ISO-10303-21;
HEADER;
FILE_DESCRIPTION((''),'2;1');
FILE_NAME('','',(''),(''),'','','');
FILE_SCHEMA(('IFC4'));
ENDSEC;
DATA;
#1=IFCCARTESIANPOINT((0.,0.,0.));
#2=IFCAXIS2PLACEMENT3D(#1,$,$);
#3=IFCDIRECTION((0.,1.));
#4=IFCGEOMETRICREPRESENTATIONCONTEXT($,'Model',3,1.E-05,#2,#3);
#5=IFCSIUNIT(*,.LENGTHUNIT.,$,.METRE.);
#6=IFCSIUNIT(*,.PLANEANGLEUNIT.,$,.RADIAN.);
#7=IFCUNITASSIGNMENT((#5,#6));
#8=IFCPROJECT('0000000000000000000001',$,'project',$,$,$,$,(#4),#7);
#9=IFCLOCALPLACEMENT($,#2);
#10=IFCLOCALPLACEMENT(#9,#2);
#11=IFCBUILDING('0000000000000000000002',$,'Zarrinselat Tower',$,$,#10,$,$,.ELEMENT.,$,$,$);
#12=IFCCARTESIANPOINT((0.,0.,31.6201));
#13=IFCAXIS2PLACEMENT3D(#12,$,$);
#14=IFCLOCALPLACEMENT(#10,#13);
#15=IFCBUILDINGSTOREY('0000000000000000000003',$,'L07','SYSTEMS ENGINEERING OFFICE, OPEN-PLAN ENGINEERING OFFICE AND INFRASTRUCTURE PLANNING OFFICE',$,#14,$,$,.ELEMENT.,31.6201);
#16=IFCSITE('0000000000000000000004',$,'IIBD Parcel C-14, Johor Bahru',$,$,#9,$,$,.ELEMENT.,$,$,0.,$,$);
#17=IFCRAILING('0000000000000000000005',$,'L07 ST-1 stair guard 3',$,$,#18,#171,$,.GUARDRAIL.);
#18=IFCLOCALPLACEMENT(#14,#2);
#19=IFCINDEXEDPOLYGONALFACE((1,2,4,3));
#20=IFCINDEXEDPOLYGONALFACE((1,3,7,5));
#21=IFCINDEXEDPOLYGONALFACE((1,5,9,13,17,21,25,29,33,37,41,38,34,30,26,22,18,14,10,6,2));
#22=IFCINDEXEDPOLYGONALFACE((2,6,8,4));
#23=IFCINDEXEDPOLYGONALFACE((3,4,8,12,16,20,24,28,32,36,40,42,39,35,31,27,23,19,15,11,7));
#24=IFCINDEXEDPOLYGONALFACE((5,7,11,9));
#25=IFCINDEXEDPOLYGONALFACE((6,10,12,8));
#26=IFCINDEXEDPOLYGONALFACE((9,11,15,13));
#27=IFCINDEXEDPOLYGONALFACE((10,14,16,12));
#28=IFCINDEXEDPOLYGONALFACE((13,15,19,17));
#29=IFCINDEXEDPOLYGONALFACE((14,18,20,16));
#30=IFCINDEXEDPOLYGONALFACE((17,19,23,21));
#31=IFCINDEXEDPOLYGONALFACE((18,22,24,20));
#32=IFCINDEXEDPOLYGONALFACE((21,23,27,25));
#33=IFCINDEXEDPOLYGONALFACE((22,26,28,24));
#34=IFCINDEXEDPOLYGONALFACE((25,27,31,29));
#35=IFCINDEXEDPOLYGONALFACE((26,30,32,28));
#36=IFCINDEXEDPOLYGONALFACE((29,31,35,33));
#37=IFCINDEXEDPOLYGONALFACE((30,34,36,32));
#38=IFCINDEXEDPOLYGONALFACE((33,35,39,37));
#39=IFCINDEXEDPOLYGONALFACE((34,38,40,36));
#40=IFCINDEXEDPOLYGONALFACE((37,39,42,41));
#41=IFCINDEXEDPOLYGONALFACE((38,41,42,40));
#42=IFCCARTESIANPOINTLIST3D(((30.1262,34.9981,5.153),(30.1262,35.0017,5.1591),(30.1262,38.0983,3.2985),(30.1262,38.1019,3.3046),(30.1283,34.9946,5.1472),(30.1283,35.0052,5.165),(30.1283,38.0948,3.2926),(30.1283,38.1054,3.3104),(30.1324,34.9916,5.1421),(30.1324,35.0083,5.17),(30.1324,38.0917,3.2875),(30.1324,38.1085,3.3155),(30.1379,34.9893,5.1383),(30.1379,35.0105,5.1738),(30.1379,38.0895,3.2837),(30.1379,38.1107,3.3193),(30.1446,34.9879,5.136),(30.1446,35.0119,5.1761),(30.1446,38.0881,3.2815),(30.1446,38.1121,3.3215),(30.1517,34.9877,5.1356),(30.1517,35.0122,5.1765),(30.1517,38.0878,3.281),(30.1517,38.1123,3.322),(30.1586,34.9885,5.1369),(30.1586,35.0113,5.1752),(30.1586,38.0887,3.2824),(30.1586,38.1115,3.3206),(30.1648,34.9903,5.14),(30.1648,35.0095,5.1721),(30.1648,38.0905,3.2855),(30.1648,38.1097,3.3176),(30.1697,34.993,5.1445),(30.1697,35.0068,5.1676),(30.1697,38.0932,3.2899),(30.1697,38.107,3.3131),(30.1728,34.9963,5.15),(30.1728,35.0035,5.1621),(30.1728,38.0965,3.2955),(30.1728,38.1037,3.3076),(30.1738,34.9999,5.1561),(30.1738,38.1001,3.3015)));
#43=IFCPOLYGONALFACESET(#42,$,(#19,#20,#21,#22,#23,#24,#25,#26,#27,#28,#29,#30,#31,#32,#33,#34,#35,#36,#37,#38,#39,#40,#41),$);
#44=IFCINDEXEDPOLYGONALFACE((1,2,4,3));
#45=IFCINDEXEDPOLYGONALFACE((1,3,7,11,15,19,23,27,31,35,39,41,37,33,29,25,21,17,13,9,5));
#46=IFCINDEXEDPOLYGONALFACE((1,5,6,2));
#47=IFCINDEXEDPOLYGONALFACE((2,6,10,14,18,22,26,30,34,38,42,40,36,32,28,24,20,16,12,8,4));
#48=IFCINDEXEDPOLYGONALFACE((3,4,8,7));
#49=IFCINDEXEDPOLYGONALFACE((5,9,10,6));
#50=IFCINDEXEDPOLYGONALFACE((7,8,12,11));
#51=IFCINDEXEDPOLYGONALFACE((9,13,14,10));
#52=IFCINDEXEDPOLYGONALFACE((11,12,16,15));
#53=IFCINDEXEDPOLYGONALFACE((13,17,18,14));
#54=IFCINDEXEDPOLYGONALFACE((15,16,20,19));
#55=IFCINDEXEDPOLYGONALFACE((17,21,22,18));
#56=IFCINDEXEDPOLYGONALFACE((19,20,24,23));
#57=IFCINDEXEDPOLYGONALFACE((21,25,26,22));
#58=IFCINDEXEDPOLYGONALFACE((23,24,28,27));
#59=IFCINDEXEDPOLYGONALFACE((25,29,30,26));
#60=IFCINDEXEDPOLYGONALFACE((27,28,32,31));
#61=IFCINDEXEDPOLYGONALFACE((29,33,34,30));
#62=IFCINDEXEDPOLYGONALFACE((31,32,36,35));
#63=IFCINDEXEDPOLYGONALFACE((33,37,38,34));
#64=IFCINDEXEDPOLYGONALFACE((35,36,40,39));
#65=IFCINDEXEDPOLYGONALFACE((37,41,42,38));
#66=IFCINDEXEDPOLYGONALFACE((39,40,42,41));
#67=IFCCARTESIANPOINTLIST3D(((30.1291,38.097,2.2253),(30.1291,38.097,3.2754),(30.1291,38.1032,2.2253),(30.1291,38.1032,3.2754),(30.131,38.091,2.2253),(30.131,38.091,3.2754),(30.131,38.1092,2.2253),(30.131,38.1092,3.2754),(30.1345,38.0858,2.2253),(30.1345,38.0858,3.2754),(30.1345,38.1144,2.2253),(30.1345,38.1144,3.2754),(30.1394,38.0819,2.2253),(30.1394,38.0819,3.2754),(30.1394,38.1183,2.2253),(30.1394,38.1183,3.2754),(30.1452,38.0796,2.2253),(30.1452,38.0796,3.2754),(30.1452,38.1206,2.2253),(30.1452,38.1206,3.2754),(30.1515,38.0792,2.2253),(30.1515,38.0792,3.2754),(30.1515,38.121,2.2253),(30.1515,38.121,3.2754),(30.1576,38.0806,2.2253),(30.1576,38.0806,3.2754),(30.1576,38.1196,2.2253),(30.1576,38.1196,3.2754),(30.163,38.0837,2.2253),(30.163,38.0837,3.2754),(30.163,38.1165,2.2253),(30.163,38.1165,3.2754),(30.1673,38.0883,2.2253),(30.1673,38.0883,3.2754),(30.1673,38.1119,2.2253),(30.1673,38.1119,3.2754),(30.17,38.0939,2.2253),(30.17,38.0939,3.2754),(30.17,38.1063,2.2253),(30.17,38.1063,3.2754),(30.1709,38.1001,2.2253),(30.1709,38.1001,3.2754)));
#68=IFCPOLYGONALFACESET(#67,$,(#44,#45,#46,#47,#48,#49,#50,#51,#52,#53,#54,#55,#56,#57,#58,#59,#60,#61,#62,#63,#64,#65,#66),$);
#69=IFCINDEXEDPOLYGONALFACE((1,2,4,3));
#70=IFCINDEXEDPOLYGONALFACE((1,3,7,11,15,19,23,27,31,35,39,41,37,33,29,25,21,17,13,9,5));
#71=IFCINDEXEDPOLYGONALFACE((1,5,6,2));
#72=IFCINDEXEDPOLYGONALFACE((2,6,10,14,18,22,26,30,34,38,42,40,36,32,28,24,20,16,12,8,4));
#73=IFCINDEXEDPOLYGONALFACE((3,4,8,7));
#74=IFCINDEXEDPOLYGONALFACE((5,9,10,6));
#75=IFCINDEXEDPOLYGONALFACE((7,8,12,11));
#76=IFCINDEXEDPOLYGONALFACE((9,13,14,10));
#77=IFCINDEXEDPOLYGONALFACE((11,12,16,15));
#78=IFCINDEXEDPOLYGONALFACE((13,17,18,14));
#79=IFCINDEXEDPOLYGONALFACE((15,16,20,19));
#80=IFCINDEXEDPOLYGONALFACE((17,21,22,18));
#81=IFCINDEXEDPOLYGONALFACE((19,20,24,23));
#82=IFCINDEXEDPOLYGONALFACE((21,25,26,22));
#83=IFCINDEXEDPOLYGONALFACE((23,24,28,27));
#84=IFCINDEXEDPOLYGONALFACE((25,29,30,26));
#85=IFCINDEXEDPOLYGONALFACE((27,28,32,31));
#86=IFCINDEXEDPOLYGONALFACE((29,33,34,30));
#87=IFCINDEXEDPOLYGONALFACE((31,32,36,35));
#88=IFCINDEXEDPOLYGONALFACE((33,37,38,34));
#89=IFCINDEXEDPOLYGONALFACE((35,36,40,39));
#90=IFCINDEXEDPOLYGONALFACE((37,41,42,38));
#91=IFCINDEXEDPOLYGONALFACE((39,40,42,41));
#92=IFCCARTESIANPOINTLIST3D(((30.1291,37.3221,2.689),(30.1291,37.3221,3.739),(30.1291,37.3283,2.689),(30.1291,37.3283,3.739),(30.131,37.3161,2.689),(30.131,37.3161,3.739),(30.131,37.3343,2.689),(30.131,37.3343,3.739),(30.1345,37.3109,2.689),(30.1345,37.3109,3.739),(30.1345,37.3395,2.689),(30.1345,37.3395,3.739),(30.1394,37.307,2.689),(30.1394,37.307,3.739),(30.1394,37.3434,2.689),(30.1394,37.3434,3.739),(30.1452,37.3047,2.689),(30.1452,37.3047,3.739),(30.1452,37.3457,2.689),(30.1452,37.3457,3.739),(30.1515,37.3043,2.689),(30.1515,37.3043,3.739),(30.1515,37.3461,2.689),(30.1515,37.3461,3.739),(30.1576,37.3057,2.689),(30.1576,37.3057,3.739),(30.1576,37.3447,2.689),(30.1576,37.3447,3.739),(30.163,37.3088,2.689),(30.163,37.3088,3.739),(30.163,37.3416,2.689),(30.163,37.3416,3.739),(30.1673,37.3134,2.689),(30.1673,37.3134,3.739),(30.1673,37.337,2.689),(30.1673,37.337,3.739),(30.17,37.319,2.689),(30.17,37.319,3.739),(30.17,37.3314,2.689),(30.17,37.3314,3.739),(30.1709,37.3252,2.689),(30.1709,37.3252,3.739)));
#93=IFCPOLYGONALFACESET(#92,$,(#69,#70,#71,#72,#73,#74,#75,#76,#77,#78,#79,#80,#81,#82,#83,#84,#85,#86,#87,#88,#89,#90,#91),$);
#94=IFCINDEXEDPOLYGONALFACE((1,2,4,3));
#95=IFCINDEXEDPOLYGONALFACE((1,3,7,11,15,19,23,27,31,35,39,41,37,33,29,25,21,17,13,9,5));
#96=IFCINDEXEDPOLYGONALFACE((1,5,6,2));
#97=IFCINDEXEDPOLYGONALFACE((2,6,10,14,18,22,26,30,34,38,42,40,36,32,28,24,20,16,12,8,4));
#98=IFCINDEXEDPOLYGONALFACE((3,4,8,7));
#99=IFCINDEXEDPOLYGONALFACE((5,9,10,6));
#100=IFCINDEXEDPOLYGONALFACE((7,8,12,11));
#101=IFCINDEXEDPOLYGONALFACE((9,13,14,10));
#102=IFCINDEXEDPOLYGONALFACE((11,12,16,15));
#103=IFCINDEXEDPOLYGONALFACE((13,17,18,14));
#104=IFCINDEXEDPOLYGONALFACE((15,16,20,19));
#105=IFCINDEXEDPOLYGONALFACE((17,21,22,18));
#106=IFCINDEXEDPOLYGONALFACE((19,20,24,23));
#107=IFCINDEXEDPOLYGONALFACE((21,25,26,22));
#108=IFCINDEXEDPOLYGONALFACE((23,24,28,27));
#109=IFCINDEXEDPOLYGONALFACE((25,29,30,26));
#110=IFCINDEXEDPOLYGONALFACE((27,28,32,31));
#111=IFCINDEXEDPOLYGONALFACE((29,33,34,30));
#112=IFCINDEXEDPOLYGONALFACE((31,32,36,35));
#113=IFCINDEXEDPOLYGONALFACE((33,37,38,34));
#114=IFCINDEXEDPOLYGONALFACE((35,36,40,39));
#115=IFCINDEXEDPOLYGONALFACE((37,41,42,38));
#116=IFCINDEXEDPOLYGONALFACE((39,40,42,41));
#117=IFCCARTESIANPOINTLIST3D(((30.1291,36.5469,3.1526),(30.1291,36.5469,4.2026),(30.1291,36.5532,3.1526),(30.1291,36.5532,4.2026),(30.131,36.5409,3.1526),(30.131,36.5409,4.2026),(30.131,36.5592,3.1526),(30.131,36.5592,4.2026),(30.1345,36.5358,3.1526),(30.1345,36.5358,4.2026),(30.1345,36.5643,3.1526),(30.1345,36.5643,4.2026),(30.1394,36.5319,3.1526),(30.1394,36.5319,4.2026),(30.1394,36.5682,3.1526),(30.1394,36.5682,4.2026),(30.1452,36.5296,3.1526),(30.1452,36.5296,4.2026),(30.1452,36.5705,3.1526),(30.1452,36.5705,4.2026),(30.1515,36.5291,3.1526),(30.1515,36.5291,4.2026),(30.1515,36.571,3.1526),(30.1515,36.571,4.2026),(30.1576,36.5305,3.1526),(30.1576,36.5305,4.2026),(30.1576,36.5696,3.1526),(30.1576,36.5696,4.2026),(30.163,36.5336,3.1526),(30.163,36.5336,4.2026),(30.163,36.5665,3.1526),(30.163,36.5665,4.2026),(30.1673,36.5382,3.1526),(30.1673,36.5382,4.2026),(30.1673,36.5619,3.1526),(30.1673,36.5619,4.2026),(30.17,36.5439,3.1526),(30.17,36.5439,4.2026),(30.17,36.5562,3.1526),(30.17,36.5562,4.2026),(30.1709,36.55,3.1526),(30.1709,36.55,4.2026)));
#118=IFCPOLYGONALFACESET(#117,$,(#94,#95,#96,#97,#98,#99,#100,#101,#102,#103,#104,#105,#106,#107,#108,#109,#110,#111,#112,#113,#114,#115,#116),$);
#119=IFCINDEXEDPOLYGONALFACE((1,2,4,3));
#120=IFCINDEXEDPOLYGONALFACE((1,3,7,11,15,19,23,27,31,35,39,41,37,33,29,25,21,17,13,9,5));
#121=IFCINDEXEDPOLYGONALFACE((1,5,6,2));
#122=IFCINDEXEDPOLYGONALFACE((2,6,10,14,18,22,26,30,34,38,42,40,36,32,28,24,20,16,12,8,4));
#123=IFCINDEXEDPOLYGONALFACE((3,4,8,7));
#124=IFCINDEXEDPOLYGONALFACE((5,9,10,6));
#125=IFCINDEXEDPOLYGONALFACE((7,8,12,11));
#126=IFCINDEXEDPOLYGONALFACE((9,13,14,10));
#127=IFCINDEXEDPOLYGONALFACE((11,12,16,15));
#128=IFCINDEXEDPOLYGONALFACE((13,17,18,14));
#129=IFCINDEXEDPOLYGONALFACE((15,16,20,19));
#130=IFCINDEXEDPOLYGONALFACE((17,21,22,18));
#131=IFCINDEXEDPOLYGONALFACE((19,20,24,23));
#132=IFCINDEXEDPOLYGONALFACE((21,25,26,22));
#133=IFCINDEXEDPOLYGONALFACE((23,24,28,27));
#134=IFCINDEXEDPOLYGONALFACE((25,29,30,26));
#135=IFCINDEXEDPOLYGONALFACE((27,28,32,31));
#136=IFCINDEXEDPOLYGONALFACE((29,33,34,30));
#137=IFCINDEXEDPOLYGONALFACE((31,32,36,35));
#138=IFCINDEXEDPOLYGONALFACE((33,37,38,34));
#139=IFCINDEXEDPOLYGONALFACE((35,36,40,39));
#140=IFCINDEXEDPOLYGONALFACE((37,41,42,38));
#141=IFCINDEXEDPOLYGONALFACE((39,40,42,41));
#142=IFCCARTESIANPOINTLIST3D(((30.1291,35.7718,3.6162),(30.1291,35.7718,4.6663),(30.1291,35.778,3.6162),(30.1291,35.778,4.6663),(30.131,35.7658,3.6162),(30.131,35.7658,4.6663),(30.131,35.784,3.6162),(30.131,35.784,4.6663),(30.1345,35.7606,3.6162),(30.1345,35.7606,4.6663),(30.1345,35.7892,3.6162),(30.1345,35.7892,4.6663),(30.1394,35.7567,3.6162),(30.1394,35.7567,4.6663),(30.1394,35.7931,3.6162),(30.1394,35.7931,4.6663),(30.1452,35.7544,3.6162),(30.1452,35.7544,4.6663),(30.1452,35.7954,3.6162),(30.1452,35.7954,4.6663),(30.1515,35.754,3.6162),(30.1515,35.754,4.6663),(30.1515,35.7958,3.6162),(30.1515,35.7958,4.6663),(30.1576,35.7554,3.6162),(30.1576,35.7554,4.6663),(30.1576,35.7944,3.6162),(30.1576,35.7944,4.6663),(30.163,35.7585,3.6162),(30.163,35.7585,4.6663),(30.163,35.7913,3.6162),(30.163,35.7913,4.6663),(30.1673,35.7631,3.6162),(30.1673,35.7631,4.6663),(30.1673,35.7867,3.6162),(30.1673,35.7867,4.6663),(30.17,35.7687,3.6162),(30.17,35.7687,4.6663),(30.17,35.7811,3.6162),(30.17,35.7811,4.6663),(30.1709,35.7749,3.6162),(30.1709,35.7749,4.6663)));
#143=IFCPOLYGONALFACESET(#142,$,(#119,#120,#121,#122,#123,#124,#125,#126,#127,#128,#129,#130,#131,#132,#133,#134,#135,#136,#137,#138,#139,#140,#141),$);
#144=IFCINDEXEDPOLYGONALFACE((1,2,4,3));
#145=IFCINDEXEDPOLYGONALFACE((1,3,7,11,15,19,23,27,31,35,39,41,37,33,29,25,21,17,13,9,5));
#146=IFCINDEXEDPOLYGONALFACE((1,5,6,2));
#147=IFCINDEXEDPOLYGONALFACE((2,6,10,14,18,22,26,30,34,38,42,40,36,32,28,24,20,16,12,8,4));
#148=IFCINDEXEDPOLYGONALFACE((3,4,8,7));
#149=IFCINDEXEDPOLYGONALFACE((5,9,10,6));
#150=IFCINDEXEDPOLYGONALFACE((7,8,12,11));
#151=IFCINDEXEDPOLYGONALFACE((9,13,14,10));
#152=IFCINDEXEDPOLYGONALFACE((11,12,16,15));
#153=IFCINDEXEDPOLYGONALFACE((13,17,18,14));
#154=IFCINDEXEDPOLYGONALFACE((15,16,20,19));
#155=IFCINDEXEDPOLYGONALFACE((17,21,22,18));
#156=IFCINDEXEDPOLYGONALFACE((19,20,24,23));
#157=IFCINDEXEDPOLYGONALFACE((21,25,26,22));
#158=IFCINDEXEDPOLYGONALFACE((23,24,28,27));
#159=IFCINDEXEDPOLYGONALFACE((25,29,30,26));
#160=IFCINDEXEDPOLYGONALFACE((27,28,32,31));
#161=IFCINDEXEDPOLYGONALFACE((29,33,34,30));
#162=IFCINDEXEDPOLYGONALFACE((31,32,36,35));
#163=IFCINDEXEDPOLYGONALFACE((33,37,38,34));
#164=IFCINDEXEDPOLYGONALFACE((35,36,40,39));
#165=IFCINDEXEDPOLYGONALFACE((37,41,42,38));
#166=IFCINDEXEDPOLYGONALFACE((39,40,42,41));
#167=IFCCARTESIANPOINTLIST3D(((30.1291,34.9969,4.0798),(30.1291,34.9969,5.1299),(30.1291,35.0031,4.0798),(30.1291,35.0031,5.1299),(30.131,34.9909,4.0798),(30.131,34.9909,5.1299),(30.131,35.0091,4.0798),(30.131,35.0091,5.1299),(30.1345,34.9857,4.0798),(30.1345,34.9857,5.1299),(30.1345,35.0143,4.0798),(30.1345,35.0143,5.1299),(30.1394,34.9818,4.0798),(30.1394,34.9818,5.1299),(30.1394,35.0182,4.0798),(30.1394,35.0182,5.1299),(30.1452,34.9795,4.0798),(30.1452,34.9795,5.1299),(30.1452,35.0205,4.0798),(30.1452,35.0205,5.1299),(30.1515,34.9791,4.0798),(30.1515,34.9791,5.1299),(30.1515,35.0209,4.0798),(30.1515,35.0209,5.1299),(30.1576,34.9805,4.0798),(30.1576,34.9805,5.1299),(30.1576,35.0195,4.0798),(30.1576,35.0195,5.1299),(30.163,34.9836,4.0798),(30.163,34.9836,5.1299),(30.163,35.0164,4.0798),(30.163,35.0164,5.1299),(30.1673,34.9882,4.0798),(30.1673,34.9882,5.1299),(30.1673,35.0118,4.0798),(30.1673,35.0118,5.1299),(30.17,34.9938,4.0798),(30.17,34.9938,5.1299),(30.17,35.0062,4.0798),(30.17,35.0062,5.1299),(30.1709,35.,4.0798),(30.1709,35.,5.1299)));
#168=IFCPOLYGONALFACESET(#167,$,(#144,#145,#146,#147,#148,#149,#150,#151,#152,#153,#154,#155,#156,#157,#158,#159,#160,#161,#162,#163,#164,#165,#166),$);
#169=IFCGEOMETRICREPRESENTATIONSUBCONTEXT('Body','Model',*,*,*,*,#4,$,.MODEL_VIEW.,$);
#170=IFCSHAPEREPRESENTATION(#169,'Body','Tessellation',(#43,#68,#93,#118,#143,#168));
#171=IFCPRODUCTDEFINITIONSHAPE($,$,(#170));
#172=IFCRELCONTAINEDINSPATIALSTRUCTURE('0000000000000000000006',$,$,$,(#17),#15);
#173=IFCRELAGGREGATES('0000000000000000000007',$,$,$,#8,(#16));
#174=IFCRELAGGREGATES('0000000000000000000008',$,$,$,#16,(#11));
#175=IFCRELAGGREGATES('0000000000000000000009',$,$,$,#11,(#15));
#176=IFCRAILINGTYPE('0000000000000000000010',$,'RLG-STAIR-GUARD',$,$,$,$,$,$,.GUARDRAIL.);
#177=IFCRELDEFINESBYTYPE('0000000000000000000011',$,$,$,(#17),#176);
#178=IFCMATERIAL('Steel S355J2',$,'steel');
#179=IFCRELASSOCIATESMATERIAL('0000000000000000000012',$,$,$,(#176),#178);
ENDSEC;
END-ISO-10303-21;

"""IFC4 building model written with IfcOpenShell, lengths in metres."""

from ifc_helpers import new_model, si_unit, direction, frame, origin, origin_2d, place, context, subcontext, project, spatial, circle, extrude, material, type_object, element, save


model = new_model("IFC4")

# Units and contexts
model_context = context("Model", 3, precision=1e-05, world=origin(), true_north=direction((0.0, 1.0)))
body_context = subcontext(model_context, "Body", "Model", "MODEL_VIEW")
ifc_project = project(units=[si_unit("LENGTHUNIT", "METRE"), si_unit("PLANEANGLEUNIT", "RADIAN")], contexts=[model_context])

# Site, building, storey
site_placement = place(None, origin())
site = spatial("IfcSite", under=ifc_project, at=site_placement, Name="IIBD Parcel C-14, Johor Bahru", CompositionType="ELEMENT", RefElevation=0.0)
building_placement = place(site_placement, origin())
building = spatial("IfcBuilding", under=site, at=building_placement, Name="Zarrinselat Tower", CompositionType="ELEMENT")
storey_placement = place(building_placement, frame((0.0, 0.0, 31.6201)))
storey = spatial("IfcBuildingStorey", under=building, at=storey_placement, Name="L07", Description="SYSTEMS ENGINEERING OFFICE, OPEN-PLAN ENGINEERING OFFICE AND INFRASTRUCTURE PLANNING OFFICE", CompositionType="ELEMENT", Elevation=31.6201)

# Railing
ifc_material_1 = material(Name="Steel S355J2", Category="steel")
railing_type_1 = type_object("IfcRailingType", Name="RLG-STAIR-GUARD", PredefinedType="GUARDRAIL", material=ifc_material_1)
railing_1_placement = place(storey_placement, frame((30.1499, 38.1001, 2.2253)))
element("IfcRailing", 1, at=railing_1_placement, inside=storey, type_object=railing_type_1, Name="L07 ST-1 stair guard 3", PredefinedType="GUARDRAIL", context=body_context, shape_type="SweptSolid", body=[
    extrude(circle(Radius=0.0239, at=origin_2d()), frame((0.0, 0.0, 1.0762), z_axis=(0.0, -0.858172, 0.513362), x_axis=(1.0, 0.0, 0.0)), (0.0, 0.0, 1.0), 3.6125),
    extrude(circle(Radius=0.021, at=origin_2d()), origin(), (0.0, 0.0, 1.0), 1.05),
    extrude(circle(Radius=0.021, at=origin_2d()), frame((0.0, -0.7749, 0.4636)), (0.0, 0.0, 1.0), 1.05),
    extrude(circle(Radius=0.021, at=origin_2d()), frame((0.0, -1.55, 0.9272)), (0.0, 0.0, 1.0), 1.05),
    extrude(circle(Radius=0.021, at=origin_2d()), frame((0.0, -2.3252, 1.3909)), (0.0, 0.0, 1.0), 1.05),
    extrude(circle(Radius=0.021, at=origin_2d()), frame((0.0, -3.1001, 1.8545)), (0.0, 0.0, 1.0), 1.05),
])

save(model, "model.ifc")
